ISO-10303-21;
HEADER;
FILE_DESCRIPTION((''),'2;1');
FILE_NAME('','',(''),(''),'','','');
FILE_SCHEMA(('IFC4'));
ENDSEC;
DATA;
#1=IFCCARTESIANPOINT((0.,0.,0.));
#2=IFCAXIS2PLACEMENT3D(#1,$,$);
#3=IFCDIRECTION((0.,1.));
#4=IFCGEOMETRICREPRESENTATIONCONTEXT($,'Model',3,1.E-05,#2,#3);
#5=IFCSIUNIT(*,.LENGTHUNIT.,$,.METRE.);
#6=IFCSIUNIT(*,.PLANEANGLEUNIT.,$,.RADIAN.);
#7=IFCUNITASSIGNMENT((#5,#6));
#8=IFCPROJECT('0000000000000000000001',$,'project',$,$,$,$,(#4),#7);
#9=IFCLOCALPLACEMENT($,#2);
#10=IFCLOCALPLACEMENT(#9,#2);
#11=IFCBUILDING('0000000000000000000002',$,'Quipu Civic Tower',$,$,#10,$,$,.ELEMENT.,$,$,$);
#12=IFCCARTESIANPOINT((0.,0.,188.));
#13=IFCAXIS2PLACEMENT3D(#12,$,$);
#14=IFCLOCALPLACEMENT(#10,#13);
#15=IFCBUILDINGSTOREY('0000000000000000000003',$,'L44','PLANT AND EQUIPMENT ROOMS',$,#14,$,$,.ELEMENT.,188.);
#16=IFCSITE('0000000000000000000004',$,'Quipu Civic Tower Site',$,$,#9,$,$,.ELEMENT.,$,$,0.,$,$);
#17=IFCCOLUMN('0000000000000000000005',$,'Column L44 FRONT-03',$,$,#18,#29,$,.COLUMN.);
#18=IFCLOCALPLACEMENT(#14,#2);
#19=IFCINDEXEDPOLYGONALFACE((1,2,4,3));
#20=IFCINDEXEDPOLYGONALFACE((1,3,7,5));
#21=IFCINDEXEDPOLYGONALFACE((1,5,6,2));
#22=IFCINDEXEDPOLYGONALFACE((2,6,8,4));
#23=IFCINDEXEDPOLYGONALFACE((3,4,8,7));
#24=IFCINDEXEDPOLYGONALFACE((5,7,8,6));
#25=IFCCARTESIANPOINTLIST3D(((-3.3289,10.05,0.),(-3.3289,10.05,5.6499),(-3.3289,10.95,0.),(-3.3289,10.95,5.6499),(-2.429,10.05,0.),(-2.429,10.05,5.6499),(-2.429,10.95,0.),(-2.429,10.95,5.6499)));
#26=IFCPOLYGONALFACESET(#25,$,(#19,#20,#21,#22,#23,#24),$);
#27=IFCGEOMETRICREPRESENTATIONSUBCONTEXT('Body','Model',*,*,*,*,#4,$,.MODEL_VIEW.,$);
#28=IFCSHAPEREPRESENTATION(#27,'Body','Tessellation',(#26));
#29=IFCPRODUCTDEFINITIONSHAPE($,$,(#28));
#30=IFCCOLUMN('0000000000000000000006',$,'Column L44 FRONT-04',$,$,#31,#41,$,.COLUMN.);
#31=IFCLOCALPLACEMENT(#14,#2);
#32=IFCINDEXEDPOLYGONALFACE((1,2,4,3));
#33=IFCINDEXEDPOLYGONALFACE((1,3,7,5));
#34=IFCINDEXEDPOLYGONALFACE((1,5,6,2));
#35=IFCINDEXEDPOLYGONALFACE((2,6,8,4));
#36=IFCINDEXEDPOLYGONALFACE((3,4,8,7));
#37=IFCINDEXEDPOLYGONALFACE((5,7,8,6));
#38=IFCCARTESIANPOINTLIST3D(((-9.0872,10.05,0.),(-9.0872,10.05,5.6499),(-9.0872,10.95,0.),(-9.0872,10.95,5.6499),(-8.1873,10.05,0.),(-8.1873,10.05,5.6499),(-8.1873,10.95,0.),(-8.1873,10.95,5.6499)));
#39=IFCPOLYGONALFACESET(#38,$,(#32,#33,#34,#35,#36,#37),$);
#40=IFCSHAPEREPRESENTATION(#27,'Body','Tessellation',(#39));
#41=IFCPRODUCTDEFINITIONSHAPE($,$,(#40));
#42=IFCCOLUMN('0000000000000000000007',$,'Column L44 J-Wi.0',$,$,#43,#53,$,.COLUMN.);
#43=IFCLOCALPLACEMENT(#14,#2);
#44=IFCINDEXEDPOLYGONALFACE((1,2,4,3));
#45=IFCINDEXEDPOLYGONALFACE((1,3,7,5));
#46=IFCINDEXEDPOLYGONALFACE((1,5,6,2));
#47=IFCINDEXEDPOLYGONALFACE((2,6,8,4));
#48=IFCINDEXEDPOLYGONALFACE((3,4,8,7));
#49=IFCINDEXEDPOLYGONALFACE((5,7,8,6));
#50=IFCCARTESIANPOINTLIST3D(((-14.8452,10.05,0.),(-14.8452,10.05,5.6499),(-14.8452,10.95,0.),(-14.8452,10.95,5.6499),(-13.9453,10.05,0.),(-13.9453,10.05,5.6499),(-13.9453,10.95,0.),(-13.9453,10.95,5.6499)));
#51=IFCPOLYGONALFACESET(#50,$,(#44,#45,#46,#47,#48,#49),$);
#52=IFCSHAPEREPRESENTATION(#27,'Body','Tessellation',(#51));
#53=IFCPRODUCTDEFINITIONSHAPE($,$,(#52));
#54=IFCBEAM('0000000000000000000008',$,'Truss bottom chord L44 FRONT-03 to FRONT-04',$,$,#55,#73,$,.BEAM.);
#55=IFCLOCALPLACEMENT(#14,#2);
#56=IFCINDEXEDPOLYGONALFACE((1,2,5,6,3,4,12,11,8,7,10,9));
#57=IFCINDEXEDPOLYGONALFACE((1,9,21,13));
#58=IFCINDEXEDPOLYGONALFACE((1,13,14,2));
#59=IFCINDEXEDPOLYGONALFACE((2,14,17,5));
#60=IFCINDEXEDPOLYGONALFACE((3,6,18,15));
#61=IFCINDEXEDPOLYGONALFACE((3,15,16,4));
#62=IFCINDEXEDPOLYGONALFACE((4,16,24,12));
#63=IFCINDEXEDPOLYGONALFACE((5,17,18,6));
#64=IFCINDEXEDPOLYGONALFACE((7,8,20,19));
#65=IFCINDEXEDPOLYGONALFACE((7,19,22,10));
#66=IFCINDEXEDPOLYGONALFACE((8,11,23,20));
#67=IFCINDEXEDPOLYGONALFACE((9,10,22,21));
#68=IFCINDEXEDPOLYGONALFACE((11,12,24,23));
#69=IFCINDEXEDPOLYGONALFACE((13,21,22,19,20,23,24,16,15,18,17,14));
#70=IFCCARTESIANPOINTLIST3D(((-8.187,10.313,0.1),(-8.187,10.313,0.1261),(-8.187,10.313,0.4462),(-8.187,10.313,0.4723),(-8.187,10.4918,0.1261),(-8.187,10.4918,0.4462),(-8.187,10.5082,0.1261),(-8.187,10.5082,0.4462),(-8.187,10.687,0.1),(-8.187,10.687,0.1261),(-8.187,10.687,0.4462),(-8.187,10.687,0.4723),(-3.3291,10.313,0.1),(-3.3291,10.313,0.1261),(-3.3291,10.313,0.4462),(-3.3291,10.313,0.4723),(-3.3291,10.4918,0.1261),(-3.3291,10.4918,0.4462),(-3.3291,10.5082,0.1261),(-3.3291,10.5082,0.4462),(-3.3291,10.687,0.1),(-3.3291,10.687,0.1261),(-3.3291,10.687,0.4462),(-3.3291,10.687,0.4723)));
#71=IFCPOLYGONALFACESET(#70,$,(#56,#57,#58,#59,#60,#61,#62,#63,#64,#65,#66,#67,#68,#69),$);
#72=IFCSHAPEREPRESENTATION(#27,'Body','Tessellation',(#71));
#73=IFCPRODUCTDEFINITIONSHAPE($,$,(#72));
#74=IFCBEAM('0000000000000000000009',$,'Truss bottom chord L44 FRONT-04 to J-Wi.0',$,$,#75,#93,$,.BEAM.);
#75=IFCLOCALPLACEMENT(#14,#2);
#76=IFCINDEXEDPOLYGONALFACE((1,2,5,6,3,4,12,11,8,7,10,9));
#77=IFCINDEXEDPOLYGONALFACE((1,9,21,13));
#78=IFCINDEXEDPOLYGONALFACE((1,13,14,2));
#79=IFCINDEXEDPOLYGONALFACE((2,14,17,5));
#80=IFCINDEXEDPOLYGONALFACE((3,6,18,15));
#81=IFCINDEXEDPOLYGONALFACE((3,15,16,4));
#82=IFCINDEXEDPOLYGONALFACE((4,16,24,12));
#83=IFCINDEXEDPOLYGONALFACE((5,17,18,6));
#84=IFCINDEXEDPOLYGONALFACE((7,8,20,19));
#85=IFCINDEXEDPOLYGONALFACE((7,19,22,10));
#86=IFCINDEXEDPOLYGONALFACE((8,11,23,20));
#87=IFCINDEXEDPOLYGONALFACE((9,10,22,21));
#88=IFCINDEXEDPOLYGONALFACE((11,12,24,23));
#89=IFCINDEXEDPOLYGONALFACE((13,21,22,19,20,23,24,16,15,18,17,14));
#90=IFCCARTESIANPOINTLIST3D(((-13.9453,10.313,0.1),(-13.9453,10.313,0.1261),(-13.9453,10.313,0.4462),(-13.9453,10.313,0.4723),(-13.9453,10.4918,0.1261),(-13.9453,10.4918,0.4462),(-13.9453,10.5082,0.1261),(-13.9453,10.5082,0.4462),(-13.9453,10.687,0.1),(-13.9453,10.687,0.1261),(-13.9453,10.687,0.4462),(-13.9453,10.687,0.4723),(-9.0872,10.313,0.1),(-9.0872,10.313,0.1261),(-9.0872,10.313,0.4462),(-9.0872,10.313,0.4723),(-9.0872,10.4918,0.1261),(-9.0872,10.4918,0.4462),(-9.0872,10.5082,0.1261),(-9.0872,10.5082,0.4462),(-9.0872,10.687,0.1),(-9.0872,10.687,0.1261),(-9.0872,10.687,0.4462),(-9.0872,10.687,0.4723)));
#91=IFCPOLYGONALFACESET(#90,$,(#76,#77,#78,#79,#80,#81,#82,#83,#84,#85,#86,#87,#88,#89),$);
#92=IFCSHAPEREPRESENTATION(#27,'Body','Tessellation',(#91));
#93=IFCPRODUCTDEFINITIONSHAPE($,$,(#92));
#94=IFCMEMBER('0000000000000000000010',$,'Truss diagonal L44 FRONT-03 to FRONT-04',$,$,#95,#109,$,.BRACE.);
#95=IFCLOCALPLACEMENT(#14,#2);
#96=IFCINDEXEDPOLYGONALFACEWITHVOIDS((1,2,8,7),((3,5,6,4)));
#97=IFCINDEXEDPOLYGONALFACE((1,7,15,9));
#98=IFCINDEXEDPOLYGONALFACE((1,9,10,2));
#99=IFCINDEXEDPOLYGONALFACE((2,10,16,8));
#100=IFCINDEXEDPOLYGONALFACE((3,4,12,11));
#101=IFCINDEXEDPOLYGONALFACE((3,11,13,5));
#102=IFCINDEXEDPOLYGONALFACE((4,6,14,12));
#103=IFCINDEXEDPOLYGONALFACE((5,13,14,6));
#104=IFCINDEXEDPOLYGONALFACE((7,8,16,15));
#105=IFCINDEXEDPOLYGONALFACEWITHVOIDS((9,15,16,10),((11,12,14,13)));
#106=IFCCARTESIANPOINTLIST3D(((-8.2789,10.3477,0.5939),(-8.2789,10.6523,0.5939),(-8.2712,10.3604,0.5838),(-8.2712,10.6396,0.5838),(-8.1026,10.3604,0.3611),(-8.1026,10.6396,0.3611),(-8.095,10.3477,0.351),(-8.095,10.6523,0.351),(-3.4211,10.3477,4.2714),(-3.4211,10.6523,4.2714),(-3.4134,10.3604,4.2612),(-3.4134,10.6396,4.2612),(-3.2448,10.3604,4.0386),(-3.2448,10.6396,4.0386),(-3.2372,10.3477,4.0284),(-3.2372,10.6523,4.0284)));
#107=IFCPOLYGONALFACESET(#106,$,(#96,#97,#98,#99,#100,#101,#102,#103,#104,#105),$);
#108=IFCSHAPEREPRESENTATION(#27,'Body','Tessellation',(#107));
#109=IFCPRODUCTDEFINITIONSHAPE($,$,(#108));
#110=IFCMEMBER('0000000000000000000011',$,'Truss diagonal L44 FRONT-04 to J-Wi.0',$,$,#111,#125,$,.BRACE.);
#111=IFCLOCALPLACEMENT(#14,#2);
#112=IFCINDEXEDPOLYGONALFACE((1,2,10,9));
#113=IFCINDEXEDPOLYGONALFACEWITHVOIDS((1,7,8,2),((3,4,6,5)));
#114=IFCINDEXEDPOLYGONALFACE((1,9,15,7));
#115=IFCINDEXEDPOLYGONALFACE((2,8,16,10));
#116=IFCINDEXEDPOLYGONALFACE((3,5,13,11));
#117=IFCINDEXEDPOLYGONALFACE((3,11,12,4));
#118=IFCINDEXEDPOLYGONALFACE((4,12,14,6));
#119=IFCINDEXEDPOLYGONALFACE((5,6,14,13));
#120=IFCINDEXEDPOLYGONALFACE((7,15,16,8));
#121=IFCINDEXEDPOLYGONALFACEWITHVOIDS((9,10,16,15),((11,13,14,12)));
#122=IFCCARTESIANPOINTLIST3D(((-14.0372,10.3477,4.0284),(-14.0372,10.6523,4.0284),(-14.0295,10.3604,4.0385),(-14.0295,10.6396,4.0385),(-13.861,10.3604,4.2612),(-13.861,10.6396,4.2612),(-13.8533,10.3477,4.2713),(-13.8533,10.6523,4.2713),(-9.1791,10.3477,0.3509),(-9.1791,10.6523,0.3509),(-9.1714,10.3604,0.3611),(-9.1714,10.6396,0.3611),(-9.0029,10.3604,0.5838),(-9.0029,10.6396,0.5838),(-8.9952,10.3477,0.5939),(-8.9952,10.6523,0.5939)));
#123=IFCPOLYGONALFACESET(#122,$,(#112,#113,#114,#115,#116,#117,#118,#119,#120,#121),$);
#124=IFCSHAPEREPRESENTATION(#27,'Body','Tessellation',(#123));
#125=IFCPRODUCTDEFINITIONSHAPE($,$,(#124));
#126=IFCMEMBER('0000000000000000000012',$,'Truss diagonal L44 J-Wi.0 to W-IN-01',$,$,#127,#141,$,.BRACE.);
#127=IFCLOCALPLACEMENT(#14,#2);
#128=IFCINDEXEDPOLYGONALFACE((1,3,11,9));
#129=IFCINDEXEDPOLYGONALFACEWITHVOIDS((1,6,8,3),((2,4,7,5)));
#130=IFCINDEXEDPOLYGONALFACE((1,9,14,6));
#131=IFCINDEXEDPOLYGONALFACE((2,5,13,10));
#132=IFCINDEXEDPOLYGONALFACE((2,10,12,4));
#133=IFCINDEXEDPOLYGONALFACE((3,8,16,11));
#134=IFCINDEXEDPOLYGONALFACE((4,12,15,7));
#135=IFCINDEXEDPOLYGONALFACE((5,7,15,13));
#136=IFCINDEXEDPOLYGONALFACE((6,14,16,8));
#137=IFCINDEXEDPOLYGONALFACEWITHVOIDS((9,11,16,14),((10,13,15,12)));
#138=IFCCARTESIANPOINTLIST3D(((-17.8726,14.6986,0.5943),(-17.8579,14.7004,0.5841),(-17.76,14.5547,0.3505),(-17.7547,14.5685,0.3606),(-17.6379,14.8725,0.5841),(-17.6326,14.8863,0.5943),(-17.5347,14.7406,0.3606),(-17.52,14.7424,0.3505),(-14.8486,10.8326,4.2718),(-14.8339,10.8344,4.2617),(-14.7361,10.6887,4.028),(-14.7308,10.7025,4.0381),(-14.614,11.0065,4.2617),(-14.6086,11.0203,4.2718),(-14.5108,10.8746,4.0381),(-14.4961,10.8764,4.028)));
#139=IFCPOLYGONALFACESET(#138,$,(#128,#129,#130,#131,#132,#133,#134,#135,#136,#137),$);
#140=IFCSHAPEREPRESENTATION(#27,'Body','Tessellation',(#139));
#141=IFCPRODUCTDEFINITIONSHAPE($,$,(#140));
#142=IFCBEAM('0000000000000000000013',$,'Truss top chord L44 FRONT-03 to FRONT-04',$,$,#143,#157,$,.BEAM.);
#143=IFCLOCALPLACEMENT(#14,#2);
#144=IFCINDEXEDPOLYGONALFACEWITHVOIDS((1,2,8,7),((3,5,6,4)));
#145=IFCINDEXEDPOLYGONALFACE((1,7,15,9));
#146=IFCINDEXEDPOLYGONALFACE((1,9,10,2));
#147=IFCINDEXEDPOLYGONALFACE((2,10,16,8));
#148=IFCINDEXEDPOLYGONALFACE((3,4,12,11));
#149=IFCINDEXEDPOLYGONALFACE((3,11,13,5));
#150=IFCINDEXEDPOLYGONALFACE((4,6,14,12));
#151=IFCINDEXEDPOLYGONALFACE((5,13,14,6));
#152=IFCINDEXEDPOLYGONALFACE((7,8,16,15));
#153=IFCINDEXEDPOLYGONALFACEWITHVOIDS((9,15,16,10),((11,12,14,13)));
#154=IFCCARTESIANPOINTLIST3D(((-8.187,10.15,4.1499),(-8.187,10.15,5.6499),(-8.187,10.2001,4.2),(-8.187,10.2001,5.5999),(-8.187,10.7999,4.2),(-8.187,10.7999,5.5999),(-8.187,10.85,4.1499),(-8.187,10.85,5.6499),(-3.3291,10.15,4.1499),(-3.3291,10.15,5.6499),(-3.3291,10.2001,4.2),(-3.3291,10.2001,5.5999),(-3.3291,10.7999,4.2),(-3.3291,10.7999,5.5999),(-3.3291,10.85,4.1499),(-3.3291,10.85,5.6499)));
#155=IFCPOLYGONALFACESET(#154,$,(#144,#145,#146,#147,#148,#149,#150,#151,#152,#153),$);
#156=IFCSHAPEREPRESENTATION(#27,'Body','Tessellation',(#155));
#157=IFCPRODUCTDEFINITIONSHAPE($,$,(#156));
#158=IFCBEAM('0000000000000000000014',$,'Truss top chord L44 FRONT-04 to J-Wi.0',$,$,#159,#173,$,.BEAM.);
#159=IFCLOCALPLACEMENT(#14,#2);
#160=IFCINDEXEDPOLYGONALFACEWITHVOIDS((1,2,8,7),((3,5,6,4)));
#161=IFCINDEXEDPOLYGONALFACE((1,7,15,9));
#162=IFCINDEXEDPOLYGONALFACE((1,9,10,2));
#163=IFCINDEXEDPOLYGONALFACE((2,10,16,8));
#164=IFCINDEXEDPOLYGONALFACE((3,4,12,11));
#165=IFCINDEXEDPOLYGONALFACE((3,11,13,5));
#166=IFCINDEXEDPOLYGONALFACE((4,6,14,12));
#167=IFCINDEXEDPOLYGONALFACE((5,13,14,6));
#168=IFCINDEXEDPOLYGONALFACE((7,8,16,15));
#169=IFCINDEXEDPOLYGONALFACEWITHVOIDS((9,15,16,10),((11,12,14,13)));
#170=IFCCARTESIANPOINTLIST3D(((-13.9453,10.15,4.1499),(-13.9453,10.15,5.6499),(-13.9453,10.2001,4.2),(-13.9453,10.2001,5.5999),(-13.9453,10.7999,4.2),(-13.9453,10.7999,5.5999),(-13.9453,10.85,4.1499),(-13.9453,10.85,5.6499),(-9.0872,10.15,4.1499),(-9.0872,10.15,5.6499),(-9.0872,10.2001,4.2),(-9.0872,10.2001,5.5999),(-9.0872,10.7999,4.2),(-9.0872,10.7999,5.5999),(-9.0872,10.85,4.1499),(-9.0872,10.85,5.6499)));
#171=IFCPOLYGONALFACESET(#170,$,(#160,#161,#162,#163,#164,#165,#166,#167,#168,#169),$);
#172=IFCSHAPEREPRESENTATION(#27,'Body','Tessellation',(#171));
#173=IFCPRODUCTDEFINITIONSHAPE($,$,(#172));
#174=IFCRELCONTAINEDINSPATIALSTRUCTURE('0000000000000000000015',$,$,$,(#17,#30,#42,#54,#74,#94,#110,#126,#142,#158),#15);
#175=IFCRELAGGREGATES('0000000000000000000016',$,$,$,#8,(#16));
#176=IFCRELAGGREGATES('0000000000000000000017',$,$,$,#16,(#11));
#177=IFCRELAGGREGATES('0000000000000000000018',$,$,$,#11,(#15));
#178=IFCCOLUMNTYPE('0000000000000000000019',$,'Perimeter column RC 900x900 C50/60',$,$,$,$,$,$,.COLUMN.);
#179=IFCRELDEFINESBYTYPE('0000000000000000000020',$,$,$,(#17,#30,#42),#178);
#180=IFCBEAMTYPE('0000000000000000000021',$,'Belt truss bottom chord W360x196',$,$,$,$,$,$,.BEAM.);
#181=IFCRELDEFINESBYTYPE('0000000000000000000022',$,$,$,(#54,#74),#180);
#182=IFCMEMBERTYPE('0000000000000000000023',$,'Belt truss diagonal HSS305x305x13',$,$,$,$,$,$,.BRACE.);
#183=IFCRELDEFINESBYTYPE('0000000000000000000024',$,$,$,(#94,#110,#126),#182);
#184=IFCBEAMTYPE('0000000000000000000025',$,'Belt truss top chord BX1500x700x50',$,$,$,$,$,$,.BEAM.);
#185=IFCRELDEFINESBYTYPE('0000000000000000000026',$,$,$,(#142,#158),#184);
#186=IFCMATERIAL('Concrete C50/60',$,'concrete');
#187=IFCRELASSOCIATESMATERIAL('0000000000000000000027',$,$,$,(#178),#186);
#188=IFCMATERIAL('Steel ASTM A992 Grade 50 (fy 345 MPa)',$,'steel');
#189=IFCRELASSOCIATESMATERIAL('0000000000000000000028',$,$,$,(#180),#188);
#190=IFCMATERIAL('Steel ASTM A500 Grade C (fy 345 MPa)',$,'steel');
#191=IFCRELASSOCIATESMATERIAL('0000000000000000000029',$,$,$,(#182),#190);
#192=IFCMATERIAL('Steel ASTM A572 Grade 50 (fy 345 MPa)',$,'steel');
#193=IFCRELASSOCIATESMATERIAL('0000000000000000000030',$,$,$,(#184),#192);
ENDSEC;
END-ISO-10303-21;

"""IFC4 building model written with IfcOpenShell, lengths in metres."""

from ifc_helpers import new_model, si_unit, direction, frame, origin, origin_2d, place, context, subcontext, project, spatial, rectangle, hollow_rectangle, i_section, extrude, material, material_profile, profile_set, type_object, element, save


model = new_model("IFC4")

# Units and contexts
model_context = context("Model", 3, precision=1e-05, world=origin(), true_north=direction((0.0, 1.0)))
body_context = subcontext(model_context, "Body", "Model", "MODEL_VIEW")
ifc_project = project(units=[si_unit("LENGTHUNIT", "METRE"), si_unit("PLANEANGLEUNIT", "RADIAN")], contexts=[model_context])

# Site, building, storey
site_placement = place(None, origin())
site = spatial("IfcSite", under=ifc_project, at=site_placement, Name="Quipu Civic Tower Site", CompositionType="ELEMENT", RefElevation=0.0)
building_placement = place(site_placement, origin())
building = spatial("IfcBuilding", under=site, at=building_placement, Name="Quipu Civic Tower", CompositionType="ELEMENT")
storey_placement = place(building_placement, frame((0.0, 0.0, 188.0)))
storey = spatial("IfcBuildingStorey", under=building, at=storey_placement, Name="L44", Description="PLANT AND EQUIPMENT ROOMS", CompositionType="ELEMENT", Elevation=188.0)

# Columns
ifc_material_1 = material(Name="Concrete C50/60", Category="concrete")
ifc_material_profile_1 = material_profile(ifc_material_1, rectangle(XDim=0.8999, YDim=0.8999, at=origin_2d()), Name="RC900x900")
ifc_profile_set_1 = profile_set([ifc_material_profile_1], Name="Concrete C50/60")
column_type = type_object("IfcColumnType", Name="Perimeter column RC 900x900 C50/60", PredefinedType="COLUMN", material=ifc_profile_set_1)
for number, where, z_axis, x_axis, name in (
    (1, (-2.8789, 10.5, 0.0), (0.0, 0.0, 1.0), (-1.0, 0.0, 0.0), "Column L44 FRONT-03"),
    (2, (-8.6372, 10.5, 0.0), (0.0, 0.0, 1.0), (-1.0, 0.0, 0.0), "Column L44 FRONT-04"),
    (3, (-14.3953, 10.5, 0.0), (0.0, 0.0, 1.0), (-1.0, 0.0, 0.0), "Column L44 J-Wi.0"),
):
    element("IfcColumn", number, at=place(storey_placement, frame(where, z_axis=z_axis, x_axis=x_axis)), inside=storey, type_object=column_type, Name=name, PredefinedType="COLUMN", context=body_context, shape_type="SweptSolid", body=[
        extrude(rectangle(XDim=0.8999, YDim=0.8999, at=origin_2d()), origin(), (0.0, 0.0, 1.0), 5.6499),
    ])

# Beams
ifc_material_2 = material(Name="Steel ASTM A992 Grade 50 (fy 345 MPa)", Category="steel")
ifc_material_profile_2 = material_profile(ifc_material_2, i_section(OverallWidth=0.374, OverallDepth=0.3723, WebThickness=0.0164, FlangeThickness=0.0261, at=origin_2d()), Name="W360x196")
ifc_profile_set_2 = profile_set([ifc_material_profile_2], Name="Steel ASTM A992 Grade 50 (fy 345 MPa)")
beam_type_1 = type_object("IfcBeamType", Name="Belt truss bottom chord W360x196", PredefinedType="BEAM", material=ifc_profile_set_2)
beam_1_placement = place(storey_placement, frame((-3.3291, 10.5, 0.2861), z_axis=(-1.0, 0.0, 0.0), x_axis=(0.0, -1.0, 0.0)))
element("IfcBeam", 4, at=beam_1_placement, inside=storey, type_object=beam_type_1, Name="Truss bottom chord L44 FRONT-03 to FRONT-04", PredefinedType="BEAM", context=body_context, shape_type="SweptSolid", body=[
    extrude(i_section(OverallWidth=0.374, OverallDepth=0.3723, WebThickness=0.0164, FlangeThickness=0.0261, at=origin_2d()), origin(), (0.0, 0.0, 1.0), 4.8579),
])
beam_2_placement = place(storey_placement, frame((-9.0872, 10.5, 0.2861), z_axis=(-1.0, 0.0, 0.0), x_axis=(0.0, -1.0, 0.0)))
element("IfcBeam", 5, at=beam_2_placement, inside=storey, type_object=beam_type_1, Name="Truss bottom chord L44 FRONT-04 to J-Wi.0", PredefinedType="BEAM", context=body_context, shape_type="SweptSolid", body=[
    extrude(i_section(OverallWidth=0.374, OverallDepth=0.3723, WebThickness=0.0164, FlangeThickness=0.0261, at=origin_2d()), origin(), (0.0, 0.0, 1.0), 4.8582),
])

# Members
ifc_material_3 = material(Name="Steel ASTM A500 Grade C (fy 345 MPa)", Category="steel")
ifc_material_profile_3 = material_profile(ifc_material_3, hollow_rectangle(XDim=0.3047, YDim=0.3047, WallThickness=0.0127, at=origin_2d()), Name="HSS305x305x13")
ifc_profile_set_3 = profile_set([ifc_material_profile_3], Name="Steel ASTM A500 Grade C (fy 345 MPa)")
member_type = type_object("IfcMemberType", Name="Belt truss diagonal HSS305x305x13", PredefinedType="BRACE", material=ifc_profile_set_3)
member_1_placement = place(storey_placement, frame((-3.3291, 10.5, 4.1499), z_axis=(-0.797309, 0.0, -0.603571), x_axis=(0.0, -1.0, 0.0)))
element("IfcMember", 6, at=member_1_placement, inside=storey, type_object=member_type, Name="Truss diagonal L44 FRONT-03 to FRONT-04", PredefinedType="BRACE", context=body_context, shape_type="SweptSolid", body=[
    extrude(hollow_rectangle(XDim=0.3047, YDim=0.3047, WallThickness=0.0127, at=origin_2d()), origin(), (0.0, 0.0, 1.0), 6.0928),
])
member_2_placement = place(storey_placement, frame((-9.0872, 10.5, 0.4724), z_axis=(-0.797324, 0.0, 0.603552), x_axis=(0.0, -1.0, 0.0)))
element("IfcMember", 7, at=member_2_placement, inside=storey, type_object=member_type, Name="Truss diagonal L44 FRONT-04 to J-Wi.0", PredefinedType="BRACE", context=body_context, shape_type="SweptSolid", body=[
    extrude(hollow_rectangle(XDim=0.3047, YDim=0.3047, WallThickness=0.0127, at=origin_2d()), origin(), (0.0, 0.0, 1.0), 6.093),
])
member_3_placement = place(storey_placement, frame((-14.6724, 10.8545, 4.1499), z_axis=(-0.493058, 0.630354, -0.599623), x_axis=(-0.787665, -0.616104, 0.0)))
element("IfcMember", 8, at=member_3_placement, inside=storey, type_object=member_type, Name="Truss diagonal L44 J-Wi.0 to W-IN-01", PredefinedType="BRACE", context=body_context, shape_type="SweptSolid", body=[
    extrude(hollow_rectangle(XDim=0.3047, YDim=0.3047, WallThickness=0.0127, at=origin_2d()), origin(), (0.0, 0.0, 1.0), 6.1331),
])

# Beams
ifc_material_4 = material(Name="Steel ASTM A572 Grade 50 (fy 345 MPa)", Category="steel")
ifc_material_profile_4 = material_profile(ifc_material_4, hollow_rectangle(XDim=0.7, YDim=1.5, WallThickness=0.05, at=origin_2d()), Name="BX1500x700x50")
ifc_profile_set_4 = profile_set([ifc_material_profile_4], Name="Steel ASTM A572 Grade 50 (fy 345 MPa)")
beam_type_2 = type_object("IfcBeamType", Name="Belt truss top chord BX1500x700x50", PredefinedType="BEAM", material=ifc_profile_set_4)
beam_3_placement = place(storey_placement, frame((-3.3291, 10.5, 4.8999), z_axis=(-1.0, 0.0, 0.0), x_axis=(0.0, -1.0, 0.0)))
element("IfcBeam", 9, at=beam_3_placement, inside=storey, type_object=beam_type_2, Name="Truss top chord L44 FRONT-03 to FRONT-04", PredefinedType="BEAM", context=body_context, shape_type="SweptSolid", body=[
    extrude(hollow_rectangle(XDim=0.7, YDim=1.5, WallThickness=0.05, at=origin_2d()), origin(), (0.0, 0.0, 1.0), 4.8579),
])
beam_4_placement = place(storey_placement, frame((-9.0872, 10.5, 4.8999), z_axis=(-1.0, 0.0, 0.0), x_axis=(0.0, -1.0, 0.0)))
element("IfcBeam", 10, at=beam_4_placement, inside=storey, type_object=beam_type_2, Name="Truss top chord L44 FRONT-04 to J-Wi.0", PredefinedType="BEAM", context=body_context, shape_type="SweptSolid", body=[
    extrude(hollow_rectangle(XDim=0.7, YDim=1.5, WallThickness=0.05, at=origin_2d()), origin(), (0.0, 0.0, 1.0), 4.8582),
])

save(model, "model.ifc")
